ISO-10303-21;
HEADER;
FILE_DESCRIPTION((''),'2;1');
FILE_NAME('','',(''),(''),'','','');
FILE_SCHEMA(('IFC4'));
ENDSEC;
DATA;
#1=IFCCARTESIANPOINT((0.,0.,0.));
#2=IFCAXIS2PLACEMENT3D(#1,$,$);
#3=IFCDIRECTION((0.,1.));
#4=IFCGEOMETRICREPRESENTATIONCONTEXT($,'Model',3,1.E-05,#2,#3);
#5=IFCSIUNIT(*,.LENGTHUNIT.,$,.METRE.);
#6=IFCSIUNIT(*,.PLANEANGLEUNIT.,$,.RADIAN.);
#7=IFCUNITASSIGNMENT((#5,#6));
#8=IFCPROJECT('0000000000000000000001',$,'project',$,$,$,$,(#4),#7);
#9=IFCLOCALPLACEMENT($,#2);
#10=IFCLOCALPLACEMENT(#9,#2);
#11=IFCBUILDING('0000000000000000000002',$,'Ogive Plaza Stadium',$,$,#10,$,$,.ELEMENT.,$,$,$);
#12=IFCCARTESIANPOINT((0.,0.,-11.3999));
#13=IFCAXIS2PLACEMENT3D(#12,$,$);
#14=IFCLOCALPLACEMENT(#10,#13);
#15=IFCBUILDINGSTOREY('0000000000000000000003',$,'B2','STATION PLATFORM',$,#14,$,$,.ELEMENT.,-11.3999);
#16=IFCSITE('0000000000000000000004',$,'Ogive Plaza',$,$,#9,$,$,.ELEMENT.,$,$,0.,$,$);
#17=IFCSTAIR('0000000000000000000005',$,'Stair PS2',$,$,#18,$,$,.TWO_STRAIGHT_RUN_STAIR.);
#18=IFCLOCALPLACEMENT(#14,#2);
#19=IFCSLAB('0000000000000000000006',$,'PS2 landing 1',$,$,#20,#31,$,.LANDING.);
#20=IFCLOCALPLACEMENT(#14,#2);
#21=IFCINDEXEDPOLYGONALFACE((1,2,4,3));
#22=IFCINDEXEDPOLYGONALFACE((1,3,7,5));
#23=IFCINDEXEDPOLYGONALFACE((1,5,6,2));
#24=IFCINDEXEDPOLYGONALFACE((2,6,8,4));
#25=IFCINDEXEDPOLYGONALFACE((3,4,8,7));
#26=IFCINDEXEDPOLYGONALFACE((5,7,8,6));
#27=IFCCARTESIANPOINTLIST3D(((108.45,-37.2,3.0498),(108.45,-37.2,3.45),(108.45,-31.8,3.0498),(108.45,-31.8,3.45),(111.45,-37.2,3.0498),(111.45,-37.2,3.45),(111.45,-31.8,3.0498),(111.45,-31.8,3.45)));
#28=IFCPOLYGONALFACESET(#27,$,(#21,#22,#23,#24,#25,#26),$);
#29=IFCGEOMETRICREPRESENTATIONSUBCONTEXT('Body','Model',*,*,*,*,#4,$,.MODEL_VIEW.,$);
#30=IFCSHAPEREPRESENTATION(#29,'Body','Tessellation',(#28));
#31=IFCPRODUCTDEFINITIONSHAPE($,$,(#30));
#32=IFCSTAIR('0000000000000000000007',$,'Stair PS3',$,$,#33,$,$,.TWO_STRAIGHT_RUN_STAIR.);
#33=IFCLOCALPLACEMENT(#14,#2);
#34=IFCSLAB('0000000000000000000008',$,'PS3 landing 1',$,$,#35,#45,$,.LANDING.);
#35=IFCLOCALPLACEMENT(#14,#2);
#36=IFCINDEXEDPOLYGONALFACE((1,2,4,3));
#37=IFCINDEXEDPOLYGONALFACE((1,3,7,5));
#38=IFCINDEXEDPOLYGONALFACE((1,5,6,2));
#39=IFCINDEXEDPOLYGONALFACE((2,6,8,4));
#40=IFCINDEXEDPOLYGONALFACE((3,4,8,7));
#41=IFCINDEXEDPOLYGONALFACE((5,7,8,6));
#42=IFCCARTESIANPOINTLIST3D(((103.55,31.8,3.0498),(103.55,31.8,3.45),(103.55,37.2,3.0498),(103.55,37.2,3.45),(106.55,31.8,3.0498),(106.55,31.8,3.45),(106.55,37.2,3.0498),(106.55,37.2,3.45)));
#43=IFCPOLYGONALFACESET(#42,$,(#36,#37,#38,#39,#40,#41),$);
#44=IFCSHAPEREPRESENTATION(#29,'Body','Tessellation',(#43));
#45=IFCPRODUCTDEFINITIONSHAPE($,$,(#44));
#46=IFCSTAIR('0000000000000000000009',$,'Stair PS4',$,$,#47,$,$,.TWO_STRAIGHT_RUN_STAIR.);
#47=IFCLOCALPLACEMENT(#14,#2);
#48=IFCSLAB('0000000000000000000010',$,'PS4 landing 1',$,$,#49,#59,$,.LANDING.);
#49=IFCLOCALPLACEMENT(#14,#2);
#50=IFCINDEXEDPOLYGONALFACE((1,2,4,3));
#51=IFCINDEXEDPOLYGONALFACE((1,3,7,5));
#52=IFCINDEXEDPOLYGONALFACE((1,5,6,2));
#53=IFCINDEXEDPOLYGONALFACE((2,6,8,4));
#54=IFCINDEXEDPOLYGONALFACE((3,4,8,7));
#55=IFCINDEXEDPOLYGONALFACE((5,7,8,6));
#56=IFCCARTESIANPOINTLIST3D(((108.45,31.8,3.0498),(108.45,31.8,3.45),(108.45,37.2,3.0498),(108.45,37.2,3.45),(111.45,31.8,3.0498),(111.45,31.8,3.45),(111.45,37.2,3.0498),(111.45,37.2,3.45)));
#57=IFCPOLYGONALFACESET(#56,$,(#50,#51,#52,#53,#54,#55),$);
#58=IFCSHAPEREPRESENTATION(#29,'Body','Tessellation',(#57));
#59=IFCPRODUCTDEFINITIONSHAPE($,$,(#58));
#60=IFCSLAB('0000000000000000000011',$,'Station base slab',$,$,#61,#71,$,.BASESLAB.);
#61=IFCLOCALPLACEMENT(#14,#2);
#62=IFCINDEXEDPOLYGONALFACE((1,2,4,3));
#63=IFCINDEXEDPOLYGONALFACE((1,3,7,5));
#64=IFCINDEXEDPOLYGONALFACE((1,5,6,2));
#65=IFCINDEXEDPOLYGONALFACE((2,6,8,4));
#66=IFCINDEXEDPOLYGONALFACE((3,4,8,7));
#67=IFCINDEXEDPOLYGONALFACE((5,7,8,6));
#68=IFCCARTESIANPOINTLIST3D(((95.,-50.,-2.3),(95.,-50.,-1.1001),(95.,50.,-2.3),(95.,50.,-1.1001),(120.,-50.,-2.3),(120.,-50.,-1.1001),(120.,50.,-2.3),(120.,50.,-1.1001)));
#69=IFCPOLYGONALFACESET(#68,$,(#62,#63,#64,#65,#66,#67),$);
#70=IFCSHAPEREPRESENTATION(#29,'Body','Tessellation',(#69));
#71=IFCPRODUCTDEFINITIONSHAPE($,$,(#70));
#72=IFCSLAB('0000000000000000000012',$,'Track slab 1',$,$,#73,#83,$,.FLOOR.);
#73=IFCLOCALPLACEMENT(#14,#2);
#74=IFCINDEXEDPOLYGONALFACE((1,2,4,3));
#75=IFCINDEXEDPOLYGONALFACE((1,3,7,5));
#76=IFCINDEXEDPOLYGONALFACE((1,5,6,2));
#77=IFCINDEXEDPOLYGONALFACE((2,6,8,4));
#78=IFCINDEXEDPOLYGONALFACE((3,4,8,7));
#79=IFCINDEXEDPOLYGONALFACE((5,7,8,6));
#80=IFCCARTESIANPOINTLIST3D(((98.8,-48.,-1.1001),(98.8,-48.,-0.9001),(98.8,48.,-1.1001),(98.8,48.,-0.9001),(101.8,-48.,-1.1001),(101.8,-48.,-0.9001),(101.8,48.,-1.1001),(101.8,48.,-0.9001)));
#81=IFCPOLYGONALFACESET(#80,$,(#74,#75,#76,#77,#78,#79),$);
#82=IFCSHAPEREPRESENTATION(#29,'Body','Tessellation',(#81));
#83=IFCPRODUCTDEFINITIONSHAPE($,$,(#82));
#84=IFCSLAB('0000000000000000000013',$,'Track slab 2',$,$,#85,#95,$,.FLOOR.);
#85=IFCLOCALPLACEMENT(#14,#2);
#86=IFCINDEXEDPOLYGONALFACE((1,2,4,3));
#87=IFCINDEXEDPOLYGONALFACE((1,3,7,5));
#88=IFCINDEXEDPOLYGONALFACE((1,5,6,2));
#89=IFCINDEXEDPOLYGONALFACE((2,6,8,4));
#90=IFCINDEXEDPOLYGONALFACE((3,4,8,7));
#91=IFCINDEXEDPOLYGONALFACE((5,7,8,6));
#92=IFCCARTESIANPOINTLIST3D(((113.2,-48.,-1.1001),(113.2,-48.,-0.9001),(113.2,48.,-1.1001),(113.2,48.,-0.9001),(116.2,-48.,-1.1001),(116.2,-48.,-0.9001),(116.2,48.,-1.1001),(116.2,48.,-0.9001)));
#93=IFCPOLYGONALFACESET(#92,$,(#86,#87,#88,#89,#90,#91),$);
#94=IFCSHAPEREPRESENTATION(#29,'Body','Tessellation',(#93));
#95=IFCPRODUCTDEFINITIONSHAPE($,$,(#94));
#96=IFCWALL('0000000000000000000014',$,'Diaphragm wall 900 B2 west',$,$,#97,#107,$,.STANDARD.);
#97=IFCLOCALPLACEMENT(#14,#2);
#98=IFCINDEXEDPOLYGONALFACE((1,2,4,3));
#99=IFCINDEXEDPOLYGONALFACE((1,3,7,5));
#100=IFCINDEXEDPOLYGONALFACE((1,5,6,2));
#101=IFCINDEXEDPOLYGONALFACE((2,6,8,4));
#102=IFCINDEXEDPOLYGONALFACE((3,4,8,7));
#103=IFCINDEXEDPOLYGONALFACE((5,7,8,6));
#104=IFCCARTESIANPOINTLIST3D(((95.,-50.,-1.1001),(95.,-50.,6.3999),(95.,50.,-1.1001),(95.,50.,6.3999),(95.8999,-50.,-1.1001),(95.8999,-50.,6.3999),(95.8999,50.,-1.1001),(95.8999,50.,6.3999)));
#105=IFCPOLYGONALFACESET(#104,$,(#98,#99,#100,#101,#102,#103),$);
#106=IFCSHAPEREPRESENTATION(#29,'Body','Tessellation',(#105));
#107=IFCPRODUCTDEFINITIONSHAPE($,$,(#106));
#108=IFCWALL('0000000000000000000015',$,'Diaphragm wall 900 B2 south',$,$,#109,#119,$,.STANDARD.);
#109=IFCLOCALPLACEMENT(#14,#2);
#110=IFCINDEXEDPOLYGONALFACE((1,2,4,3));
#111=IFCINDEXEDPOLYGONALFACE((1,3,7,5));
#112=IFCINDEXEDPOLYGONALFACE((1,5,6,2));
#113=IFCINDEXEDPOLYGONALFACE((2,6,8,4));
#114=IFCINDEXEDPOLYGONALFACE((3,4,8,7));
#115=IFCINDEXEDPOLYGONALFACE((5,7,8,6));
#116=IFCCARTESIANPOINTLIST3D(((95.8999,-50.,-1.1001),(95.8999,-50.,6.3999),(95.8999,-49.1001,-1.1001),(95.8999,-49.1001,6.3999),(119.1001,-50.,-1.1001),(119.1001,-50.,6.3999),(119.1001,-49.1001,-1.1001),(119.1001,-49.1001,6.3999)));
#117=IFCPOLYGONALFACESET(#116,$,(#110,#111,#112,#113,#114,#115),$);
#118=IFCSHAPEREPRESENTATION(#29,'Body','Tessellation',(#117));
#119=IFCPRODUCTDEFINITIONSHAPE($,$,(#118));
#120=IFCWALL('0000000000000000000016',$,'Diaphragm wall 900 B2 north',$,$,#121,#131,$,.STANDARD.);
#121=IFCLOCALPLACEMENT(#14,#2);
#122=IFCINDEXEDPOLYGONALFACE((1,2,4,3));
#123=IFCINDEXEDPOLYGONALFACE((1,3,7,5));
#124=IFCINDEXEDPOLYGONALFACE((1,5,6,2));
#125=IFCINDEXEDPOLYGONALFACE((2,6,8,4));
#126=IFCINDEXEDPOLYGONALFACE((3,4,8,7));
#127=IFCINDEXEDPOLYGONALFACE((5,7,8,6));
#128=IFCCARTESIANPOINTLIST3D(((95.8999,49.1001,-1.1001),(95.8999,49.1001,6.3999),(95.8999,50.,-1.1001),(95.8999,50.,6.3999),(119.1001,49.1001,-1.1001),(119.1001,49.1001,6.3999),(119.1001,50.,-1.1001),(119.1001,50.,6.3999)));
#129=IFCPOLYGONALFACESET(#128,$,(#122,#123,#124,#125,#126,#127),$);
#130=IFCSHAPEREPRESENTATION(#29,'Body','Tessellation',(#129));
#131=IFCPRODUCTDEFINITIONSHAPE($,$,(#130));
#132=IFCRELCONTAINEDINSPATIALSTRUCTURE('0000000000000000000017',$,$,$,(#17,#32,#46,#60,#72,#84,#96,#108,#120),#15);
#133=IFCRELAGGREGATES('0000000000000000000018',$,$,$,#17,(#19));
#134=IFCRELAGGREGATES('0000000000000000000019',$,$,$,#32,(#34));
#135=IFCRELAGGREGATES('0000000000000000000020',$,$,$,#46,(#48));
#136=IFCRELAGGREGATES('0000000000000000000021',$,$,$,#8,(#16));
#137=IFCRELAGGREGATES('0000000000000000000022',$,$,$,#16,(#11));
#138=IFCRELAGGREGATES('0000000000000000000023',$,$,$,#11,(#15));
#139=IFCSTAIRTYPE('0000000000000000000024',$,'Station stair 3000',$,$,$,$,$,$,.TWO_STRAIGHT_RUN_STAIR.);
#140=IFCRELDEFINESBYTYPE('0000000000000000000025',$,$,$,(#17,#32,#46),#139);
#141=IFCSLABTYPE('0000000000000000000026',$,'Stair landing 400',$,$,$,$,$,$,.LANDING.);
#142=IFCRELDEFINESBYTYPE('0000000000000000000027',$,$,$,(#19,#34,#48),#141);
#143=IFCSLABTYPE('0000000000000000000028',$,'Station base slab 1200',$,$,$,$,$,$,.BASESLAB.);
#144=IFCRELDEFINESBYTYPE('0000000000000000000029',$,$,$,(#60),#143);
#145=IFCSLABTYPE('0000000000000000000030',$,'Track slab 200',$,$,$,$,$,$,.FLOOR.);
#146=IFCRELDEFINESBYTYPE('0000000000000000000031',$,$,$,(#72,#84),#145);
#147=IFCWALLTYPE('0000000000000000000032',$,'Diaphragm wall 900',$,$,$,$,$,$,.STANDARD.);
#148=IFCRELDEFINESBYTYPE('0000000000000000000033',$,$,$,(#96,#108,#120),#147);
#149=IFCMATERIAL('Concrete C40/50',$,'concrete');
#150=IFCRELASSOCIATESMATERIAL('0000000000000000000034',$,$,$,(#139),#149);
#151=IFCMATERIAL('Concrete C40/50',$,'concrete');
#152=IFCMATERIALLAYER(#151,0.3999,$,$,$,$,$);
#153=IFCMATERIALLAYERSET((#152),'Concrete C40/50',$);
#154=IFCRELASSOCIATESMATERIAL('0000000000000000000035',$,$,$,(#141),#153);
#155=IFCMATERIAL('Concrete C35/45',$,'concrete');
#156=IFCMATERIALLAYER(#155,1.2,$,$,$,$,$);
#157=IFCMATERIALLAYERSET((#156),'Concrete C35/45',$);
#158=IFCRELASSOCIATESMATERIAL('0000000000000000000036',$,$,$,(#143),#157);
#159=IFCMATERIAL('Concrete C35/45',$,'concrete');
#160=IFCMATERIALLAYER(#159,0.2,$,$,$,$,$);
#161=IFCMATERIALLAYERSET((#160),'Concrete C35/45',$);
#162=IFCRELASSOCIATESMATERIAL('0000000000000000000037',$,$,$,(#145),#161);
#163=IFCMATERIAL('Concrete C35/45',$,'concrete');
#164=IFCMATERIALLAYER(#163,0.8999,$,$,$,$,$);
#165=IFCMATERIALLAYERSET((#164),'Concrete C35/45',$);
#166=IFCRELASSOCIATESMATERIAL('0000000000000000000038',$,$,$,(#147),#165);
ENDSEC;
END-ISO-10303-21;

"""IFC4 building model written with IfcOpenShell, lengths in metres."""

from ifc_helpers import new_model, si_unit, direction, frame, frame_2d, origin, place, context, subcontext, project, spatial, polyline, rectangle, outline, extrude, material, layer, layer_set, type_object, element, aggregate, save


model = new_model("IFC4")

# Units and contexts
model_context = context("Model", 3, precision=1e-05, world=origin(), true_north=direction((0.0, 1.0)))
body_context = subcontext(model_context, "Body", "Model", "MODEL_VIEW")
ifc_project = project(units=[si_unit("LENGTHUNIT", "METRE"), si_unit("PLANEANGLEUNIT", "RADIAN")], contexts=[model_context])

# Site, building, storey
site_placement = place(None, origin())
site = spatial("IfcSite", under=ifc_project, at=site_placement, Name="Ogive Plaza", CompositionType="ELEMENT", RefElevation=0.0)
building_placement = place(site_placement, origin())
building = spatial("IfcBuilding", under=site, at=building_placement, Name="Ogive Plaza Stadium", CompositionType="ELEMENT")
storey_placement = place(building_placement, frame((0.0, 0.0, -11.3999)))
storey = spatial("IfcBuildingStorey", under=building, at=storey_placement, Name="B2", Description="STATION PLATFORM", CompositionType="ELEMENT", Elevation=-11.3999)

# Stairs, slabs
ifc_material_1 = material(Name="Concrete C40/50", Category="concrete")
stair_type = type_object("IfcStairType", Name="Station stair 3000", PredefinedType="TWO_STRAIGHT_RUN_STAIR", material=ifc_material_1)
ifc_material_2 = material(Name="Concrete C40/50", Category="concrete")
ifc_layer_1 = layer(ifc_material_2, 0.3999)
ifc_layer_set_1 = layer_set([ifc_layer_1], Name="Concrete C40/50")
slab_type_1 = type_object("IfcSlabType", Name="Stair landing 400", PredefinedType="LANDING", material=ifc_layer_set_1)
stair_1_placement = place(storey_placement, origin())
stair_1 = element("IfcStair", 1, at=stair_1_placement, inside=storey, type_object=stair_type, Name="Stair PS2", PredefinedType="TWO_STRAIGHT_RUN_STAIR")
slab_1_placement = place(storey_placement, frame((0.0, 0.0, 3.0498)))
slab_1 = element("IfcSlab", 2, at=slab_1_placement, type_object=slab_type_1, Name="PS2 landing 1", PredefinedType="LANDING", context=body_context, shape_type="SweptSolid", body=[
    extrude(outline(polyline([(108.45, -37.2), (111.45, -37.2), (111.45, -31.8), (108.45, -31.8), (108.45, -37.2)])), origin(), (0.0, 0.0, 1.0), 0.4001),
])
aggregate(stair_1, [slab_1])
stair_2_placement = place(storey_placement, origin())
stair_2 = element("IfcStair", 3, at=stair_2_placement, inside=storey, type_object=stair_type, Name="Stair PS3", PredefinedType="TWO_STRAIGHT_RUN_STAIR")
slab_2_placement = place(storey_placement, frame((0.0, 0.0, 3.0498)))
slab_2 = element("IfcSlab", 4, at=slab_2_placement, type_object=slab_type_1, Name="PS3 landing 1", PredefinedType="LANDING", context=body_context, shape_type="SweptSolid", body=[
    extrude(outline(polyline([(103.55, 31.8), (106.55, 31.8), (106.55, 37.2), (103.55, 37.2), (103.55, 31.8)])), origin(), (0.0, 0.0, 1.0), 0.4001),
])
aggregate(stair_2, [slab_2])
stair_3_placement = place(storey_placement, origin())
stair_3 = element("IfcStair", 5, at=stair_3_placement, inside=storey, type_object=stair_type, Name="Stair PS4", PredefinedType="TWO_STRAIGHT_RUN_STAIR")
slab_3_placement = place(storey_placement, frame((0.0, 0.0, 3.0498)))
slab_3 = element("IfcSlab", 6, at=slab_3_placement, type_object=slab_type_1, Name="PS4 landing 1", PredefinedType="LANDING", context=body_context, shape_type="SweptSolid", body=[
    extrude(outline(polyline([(108.45, 31.8), (111.45, 31.8), (111.45, 37.2), (108.45, 37.2), (108.45, 31.8)])), origin(), (0.0, 0.0, 1.0), 0.4001),
])
aggregate(stair_3, [slab_3])

# Slabs
ifc_material_3 = material(Name="Concrete C35/45", Category="concrete")
ifc_layer_2 = layer(ifc_material_3, 1.2)
ifc_layer_set_2 = layer_set([ifc_layer_2], Name="Concrete C35/45")
slab_type_2 = type_object("IfcSlabType", Name="Station base slab 1200", PredefinedType="BASESLAB", material=ifc_layer_set_2)
slab_4_placement = place(storey_placement, frame((0.0, 0.0, -2.3)))
element("IfcSlab", 7, at=slab_4_placement, inside=storey, type_object=slab_type_2, Name="Station base slab", PredefinedType="BASESLAB", context=body_context, shape_type="SweptSolid", body=[
    extrude(outline(polyline([(95.0, -50.0), (120.0, -50.0), (120.0, 50.0), (95.0, 50.0), (95.0, -50.0)])), origin(), (0.0, 0.0, 1.0), 1.2),
])
ifc_material_4 = material(Name="Concrete C35/45", Category="concrete")
ifc_layer_3 = layer(ifc_material_4, 0.2)
ifc_layer_set_3 = layer_set([ifc_layer_3], Name="Concrete C35/45")
slab_type_3 = type_object("IfcSlabType", Name="Track slab 200", PredefinedType="FLOOR", material=ifc_layer_set_3)
slab_5_placement = place(storey_placement, frame((0.0, 0.0, -1.1001)))
element("IfcSlab", 8, at=slab_5_placement, inside=storey, type_object=slab_type_3, Name="Track slab 1", PredefinedType="FLOOR", context=body_context, shape_type="SweptSolid", body=[
    extrude(outline(polyline([(98.8, -48.0), (101.8, -48.0), (101.8, 48.0), (98.8, 48.0), (98.8, -48.0)])), origin(), (0.0, 0.0, 1.0), 0.2),
])
slab_6_placement = place(storey_placement, frame((0.0, 0.0, -1.1001)))
element("IfcSlab", 9, at=slab_6_placement, inside=storey, type_object=slab_type_3, Name="Track slab 2", PredefinedType="FLOOR", context=body_context, shape_type="SweptSolid", body=[
    extrude(outline(polyline([(113.2, -48.0), (116.2, -48.0), (116.2, 48.0), (113.2, 48.0), (113.2, -48.0)])), origin(), (0.0, 0.0, 1.0), 0.2),
])

# Walls
ifc_material_5 = material(Name="Concrete C35/45", Category="concrete")
ifc_layer_4 = layer(ifc_material_5, 0.8999)
ifc_layer_set_4 = layer_set([ifc_layer_4], Name="Concrete C35/45")
wall_type = type_object("IfcWallType", Name="Diaphragm wall 900", PredefinedType="STANDARD", material=ifc_layer_set_4)
wall_placement = place(storey_placement, frame((95.45, -50.0, -1.1001), z_axis=(0.0, 0.0, 1.0), x_axis=(0.0, 1.0, 0.0)))
element("IfcWall", 10, at=wall_placement, inside=storey, type_object=wall_type, Name="Diaphragm wall 900 B2 west", PredefinedType="STANDARD", context=body_context, shape_type="SweptSolid", body=[
    extrude(rectangle(XDim=100.0, YDim=0.8999, at=frame_2d((50.0, 0.0))), origin(), (0.0, 0.0, 1.0), 7.5),
])
for number, where, z_axis, x_axis, name in (
    (11, (95.8999, -49.55, -1.1001), (0.0, 0.0, 1.0), (1.0, 0.0, 0.0), "Diaphragm wall 900 B2 south"),
    (12, (95.8999, 49.55, -1.1001), (0.0, 0.0, 1.0), (1.0, 0.0, 0.0), "Diaphragm wall 900 B2 north"),
):
    element("IfcWall", number, at=place(storey_placement, frame(where, z_axis=z_axis, x_axis=x_axis)), inside=storey, type_object=wall_type, Name=name, PredefinedType="STANDARD", context=body_context, shape_type="SweptSolid", body=[
        extrude(rectangle(XDim=23.2002, YDim=0.8999, at=frame_2d((11.6001, 0.0))), origin(), (0.0, 0.0, 1.0), 7.5),
    ])

save(model, "model.ifc")
